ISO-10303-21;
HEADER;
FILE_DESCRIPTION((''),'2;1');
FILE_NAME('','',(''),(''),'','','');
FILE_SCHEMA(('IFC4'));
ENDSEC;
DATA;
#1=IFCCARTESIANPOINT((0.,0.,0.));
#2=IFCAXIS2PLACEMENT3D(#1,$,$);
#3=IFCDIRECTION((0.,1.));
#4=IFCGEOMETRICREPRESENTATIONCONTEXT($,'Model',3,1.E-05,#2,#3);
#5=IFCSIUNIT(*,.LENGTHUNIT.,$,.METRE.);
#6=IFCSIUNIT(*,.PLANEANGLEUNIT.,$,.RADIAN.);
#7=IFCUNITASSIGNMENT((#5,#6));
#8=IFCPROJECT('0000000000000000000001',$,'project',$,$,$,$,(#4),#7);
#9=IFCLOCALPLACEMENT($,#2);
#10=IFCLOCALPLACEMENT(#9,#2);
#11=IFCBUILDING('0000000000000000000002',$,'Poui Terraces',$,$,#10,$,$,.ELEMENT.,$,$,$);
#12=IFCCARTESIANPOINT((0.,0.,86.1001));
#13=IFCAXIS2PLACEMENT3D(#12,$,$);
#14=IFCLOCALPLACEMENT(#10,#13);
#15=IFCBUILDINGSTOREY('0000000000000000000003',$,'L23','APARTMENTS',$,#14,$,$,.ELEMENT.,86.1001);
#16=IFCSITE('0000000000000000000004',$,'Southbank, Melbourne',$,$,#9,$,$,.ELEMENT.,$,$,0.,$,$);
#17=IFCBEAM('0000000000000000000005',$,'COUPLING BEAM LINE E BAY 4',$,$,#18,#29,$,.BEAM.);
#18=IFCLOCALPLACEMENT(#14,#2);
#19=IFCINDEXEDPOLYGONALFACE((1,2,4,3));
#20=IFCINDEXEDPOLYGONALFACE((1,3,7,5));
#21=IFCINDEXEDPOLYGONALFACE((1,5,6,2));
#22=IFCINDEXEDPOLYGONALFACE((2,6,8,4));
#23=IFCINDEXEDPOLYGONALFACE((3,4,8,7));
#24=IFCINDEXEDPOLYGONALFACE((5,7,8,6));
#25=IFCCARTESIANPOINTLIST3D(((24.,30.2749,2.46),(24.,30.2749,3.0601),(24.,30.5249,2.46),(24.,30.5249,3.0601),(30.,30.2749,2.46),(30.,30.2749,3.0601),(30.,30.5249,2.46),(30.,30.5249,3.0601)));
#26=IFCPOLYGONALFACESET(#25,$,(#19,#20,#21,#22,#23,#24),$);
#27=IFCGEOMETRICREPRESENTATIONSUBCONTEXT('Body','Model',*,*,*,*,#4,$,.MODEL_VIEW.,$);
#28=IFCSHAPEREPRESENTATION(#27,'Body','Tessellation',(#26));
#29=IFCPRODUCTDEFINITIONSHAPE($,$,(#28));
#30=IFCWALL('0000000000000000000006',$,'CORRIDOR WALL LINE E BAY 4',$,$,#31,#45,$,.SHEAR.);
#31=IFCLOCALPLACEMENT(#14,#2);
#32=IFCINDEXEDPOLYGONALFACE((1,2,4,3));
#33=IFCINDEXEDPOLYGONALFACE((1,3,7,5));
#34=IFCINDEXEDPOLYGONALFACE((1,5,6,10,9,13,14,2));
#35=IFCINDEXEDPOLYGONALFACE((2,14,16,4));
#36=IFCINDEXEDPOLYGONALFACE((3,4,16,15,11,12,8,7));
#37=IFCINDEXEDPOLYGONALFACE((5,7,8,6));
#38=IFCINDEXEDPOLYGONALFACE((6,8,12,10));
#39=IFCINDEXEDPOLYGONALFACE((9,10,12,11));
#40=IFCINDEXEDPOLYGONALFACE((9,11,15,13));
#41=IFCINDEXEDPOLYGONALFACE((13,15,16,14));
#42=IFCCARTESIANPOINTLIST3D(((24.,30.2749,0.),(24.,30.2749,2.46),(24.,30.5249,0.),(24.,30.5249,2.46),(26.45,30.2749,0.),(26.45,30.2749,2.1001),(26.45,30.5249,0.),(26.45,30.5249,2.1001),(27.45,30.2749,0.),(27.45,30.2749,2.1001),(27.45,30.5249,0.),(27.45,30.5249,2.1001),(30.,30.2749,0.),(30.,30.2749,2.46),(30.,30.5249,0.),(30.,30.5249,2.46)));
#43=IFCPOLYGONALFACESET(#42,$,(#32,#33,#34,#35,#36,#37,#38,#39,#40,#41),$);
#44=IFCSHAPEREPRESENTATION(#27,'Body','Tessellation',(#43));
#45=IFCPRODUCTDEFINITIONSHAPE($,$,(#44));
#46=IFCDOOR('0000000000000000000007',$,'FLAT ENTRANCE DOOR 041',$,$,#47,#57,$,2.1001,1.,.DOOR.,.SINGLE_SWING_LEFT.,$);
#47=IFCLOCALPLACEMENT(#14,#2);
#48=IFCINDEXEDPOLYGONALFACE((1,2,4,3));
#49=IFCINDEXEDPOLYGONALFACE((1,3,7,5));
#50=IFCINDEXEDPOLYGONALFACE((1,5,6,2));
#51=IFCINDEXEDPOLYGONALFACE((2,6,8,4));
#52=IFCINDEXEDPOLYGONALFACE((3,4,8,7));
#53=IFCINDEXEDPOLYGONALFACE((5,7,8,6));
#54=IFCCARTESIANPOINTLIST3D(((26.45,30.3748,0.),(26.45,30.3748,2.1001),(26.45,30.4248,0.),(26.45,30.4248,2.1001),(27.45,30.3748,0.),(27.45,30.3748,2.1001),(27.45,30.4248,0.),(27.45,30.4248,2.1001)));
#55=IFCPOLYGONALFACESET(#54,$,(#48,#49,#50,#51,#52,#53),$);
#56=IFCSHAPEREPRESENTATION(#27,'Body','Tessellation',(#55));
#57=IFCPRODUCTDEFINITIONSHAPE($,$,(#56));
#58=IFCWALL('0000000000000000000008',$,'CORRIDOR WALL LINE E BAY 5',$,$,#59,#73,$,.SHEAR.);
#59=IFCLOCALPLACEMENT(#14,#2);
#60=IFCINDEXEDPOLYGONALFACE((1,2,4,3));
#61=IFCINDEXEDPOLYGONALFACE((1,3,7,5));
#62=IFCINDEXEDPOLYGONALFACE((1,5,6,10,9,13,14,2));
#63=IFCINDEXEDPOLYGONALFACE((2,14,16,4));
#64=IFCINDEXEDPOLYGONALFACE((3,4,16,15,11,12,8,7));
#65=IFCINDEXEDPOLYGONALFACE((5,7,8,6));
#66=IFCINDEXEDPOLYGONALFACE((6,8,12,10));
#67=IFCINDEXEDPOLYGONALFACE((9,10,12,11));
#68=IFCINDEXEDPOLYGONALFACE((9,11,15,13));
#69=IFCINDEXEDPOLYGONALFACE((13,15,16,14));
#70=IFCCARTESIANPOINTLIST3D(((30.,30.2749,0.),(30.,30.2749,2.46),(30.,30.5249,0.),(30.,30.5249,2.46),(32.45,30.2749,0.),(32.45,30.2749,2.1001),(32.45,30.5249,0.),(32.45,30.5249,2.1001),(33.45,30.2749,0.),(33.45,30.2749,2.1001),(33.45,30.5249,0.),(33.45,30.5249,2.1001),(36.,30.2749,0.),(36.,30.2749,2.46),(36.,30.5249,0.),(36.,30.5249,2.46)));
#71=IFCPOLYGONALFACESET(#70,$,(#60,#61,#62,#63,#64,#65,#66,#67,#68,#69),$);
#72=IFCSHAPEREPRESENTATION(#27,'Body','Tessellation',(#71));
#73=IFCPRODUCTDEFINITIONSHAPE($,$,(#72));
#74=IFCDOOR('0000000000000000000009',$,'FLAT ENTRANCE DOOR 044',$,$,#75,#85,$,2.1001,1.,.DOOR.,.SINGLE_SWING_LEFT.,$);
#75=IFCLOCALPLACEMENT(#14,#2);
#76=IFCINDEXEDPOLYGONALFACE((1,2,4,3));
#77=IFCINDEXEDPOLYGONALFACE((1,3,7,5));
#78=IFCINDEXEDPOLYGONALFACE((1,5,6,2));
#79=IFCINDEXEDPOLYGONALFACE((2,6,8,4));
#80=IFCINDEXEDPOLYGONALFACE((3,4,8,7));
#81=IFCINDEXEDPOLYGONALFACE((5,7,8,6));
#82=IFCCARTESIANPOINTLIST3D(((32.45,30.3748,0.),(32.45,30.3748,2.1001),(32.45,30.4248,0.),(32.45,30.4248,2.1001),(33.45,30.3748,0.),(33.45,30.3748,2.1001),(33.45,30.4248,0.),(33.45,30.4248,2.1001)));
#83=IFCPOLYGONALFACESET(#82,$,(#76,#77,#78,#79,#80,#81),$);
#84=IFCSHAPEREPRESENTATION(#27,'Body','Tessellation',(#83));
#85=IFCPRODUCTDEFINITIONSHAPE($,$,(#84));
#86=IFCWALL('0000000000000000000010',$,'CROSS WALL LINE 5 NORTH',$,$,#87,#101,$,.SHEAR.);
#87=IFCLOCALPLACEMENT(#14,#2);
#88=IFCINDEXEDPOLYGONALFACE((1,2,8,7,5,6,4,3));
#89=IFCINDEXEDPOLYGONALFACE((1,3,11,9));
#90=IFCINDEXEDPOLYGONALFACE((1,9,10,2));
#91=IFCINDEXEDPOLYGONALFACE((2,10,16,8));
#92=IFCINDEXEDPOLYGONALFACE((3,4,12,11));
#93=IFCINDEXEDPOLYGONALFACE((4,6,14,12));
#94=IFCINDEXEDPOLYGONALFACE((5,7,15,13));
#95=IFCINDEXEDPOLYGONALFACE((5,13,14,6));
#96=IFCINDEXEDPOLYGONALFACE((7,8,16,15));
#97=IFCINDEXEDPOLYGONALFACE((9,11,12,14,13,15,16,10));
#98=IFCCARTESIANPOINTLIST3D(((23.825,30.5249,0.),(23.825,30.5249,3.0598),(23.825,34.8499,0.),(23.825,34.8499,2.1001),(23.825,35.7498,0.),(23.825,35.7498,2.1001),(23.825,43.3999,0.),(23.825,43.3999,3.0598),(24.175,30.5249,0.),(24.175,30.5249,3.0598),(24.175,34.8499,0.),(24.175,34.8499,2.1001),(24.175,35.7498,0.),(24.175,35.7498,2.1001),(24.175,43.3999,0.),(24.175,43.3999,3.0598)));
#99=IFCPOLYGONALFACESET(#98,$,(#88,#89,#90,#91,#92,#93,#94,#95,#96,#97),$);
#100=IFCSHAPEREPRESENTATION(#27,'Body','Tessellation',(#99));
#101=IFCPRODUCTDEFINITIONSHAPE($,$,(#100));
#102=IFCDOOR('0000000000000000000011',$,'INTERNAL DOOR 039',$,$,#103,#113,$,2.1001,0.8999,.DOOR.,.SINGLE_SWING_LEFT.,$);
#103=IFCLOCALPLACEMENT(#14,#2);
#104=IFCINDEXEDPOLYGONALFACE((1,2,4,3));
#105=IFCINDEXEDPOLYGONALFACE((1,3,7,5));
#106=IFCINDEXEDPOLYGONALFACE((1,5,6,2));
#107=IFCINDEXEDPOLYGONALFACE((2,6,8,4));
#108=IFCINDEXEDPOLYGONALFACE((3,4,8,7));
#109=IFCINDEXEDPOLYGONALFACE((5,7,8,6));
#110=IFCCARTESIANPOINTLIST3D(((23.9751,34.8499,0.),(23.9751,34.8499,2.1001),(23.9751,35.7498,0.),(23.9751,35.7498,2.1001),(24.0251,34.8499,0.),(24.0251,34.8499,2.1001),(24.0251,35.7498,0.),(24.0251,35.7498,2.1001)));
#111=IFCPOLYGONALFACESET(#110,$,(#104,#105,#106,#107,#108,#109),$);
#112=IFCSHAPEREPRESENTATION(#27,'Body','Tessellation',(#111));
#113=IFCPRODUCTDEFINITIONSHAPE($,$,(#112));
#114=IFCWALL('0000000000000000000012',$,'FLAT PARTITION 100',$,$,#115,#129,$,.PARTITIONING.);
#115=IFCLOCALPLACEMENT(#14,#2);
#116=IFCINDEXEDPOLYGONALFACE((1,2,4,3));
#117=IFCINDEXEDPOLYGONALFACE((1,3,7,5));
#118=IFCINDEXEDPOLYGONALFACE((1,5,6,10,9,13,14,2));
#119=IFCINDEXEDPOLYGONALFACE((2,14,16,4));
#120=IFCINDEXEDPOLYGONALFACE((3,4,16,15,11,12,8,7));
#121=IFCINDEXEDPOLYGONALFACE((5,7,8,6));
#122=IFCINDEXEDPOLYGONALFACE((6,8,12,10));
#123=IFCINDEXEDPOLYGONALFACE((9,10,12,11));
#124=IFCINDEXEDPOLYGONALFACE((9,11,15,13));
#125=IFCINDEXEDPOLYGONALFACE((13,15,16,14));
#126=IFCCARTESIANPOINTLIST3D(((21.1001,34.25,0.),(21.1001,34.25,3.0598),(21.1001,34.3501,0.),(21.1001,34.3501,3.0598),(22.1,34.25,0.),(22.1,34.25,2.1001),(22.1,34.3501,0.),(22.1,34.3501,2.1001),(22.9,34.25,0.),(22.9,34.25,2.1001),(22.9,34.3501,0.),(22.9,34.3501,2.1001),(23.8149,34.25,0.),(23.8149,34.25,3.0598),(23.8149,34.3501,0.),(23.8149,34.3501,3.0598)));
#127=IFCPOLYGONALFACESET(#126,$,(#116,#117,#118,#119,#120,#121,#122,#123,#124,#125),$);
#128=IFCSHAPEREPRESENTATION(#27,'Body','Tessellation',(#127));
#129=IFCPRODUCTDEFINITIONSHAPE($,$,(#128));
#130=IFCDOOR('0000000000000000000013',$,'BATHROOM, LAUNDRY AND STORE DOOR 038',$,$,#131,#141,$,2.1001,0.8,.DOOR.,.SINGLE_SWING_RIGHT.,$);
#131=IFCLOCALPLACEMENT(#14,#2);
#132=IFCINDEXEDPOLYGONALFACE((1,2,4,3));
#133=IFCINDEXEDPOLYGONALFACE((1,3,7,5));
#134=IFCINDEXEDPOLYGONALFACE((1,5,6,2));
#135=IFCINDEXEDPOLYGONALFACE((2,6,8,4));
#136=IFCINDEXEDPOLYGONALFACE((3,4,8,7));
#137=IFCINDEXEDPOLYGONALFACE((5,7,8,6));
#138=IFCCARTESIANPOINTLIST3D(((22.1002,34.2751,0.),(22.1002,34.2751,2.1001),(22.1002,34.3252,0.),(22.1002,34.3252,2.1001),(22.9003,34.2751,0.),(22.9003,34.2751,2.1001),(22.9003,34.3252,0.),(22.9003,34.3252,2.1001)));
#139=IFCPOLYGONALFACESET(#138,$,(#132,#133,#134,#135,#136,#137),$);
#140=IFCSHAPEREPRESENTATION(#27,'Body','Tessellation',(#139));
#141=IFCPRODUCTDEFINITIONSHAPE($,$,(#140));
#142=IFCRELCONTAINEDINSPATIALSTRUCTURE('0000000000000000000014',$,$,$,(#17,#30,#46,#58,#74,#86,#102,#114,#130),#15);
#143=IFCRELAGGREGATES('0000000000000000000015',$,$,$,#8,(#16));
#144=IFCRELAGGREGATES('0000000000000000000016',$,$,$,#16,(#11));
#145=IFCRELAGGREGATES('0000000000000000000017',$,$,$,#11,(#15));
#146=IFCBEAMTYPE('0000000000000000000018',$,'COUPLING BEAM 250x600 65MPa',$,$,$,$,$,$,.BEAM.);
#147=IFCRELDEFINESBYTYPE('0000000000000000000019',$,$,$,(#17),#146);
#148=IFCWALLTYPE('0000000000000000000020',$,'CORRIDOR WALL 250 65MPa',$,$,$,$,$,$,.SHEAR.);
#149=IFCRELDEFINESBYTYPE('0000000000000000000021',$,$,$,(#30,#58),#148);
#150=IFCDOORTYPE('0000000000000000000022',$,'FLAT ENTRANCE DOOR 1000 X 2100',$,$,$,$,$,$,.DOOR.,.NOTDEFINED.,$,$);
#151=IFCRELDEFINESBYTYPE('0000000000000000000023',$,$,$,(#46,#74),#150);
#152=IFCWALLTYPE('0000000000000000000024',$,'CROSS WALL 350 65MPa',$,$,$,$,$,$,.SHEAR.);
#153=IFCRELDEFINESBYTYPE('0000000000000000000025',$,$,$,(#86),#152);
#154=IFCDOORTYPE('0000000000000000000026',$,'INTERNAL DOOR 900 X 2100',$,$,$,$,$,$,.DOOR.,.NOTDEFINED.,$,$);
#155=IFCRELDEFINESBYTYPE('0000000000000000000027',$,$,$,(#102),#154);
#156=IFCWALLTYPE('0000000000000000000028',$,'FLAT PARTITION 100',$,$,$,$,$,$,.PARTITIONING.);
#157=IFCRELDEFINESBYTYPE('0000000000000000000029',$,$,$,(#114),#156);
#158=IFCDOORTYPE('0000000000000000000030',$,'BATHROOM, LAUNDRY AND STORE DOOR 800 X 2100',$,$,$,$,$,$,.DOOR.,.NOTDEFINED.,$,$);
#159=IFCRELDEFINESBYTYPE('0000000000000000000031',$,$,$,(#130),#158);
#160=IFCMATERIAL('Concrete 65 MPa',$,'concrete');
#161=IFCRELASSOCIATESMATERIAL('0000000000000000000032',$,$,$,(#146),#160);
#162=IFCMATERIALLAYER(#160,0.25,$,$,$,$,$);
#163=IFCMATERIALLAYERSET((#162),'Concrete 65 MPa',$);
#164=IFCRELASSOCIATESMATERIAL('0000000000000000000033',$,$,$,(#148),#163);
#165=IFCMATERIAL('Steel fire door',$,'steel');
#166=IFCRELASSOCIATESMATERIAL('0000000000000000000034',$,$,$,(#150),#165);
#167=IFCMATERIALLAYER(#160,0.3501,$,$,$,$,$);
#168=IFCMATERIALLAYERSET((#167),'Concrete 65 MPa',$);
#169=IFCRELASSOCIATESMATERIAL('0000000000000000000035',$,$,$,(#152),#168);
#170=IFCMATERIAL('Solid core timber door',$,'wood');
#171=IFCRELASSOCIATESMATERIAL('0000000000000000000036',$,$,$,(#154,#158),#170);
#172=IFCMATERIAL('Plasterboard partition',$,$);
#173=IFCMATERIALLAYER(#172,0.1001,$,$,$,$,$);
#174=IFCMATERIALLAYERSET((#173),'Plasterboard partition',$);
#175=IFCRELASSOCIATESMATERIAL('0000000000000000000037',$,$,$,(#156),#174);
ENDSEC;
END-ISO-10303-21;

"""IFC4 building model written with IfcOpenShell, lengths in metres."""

from ifc_helpers import new_model, si_unit, direction, frame, frame_2d, origin, origin_2d, place, context, subcontext, project, spatial, rectangle, extrude, source, transform, mapped, material, layer, layer_set, material_profile, profile_set, type_object, element, fill, save


model = new_model("IFC4")

# Units and contexts
model_context = context("Model", 3, precision=1e-05, world=origin(), true_north=direction((0.0, 1.0)))
body_context = subcontext(model_context, "Body", "Model", "MODEL_VIEW")
ifc_project = project(units=[si_unit("LENGTHUNIT", "METRE"), si_unit("PLANEANGLEUNIT", "RADIAN")], contexts=[model_context])

# Site, building, storey
site_placement = place(None, origin())
site = spatial("IfcSite", under=ifc_project, at=site_placement, Name="Southbank, Melbourne", CompositionType="ELEMENT", RefElevation=0.0)
building_placement = place(site_placement, origin())
building = spatial("IfcBuilding", under=site, at=building_placement, Name="Poui Terraces", CompositionType="ELEMENT")
storey_placement = place(building_placement, frame((0.0, 0.0, 86.1001)))
storey = spatial("IfcBuildingStorey", under=building, at=storey_placement, Name="L23", Description="APARTMENTS", CompositionType="ELEMENT", Elevation=86.1001)

# Beam
ifc_material_1 = material(Name="Concrete 65 MPa", Category="concrete")
ifc_material_profile_1 = material_profile(ifc_material_1, rectangle(XDim=0.25, YDim=0.6001, at=origin_2d()), Name="RC 250x600")
ifc_profile_set_1 = profile_set([ifc_material_profile_1], Name="Concrete 65 MPa")
beam_type = type_object("IfcBeamType", Name="COUPLING BEAM 250x600 65MPa", PredefinedType="BEAM", material=ifc_profile_set_1)
shared_shape_1 = source(origin(), body_context, "Body", "SweptSolid", [
    extrude(rectangle(XDim=0.25, YDim=0.6001, at=origin_2d()), origin(), (0.0, 0.0, 1.0), 6.0),
])
beam_placement = place(storey_placement, frame((24.0, 30.3999, 2.76), z_axis=(1.0, 0.0, 0.0), x_axis=(0.0, 1.0, 0.0)))
element("IfcBeam", 1, at=beam_placement, inside=storey, type_object=beam_type, Name="COUPLING BEAM LINE E BAY 4", PredefinedType="BEAM", context=body_context, shape_type="MappedRepresentation", body=[
    mapped(shared_shape_1, transform((0.0, 0.0, 0.0))),
])

# Walls, openings, doors
ifc_layer_1 = layer(ifc_material_1, 0.25)
ifc_layer_set_1 = layer_set([ifc_layer_1], Name="Concrete 65 MPa")
wall_type_1 = type_object("IfcWallType", Name="CORRIDOR WALL 250 65MPa", PredefinedType="SHEAR", material=ifc_layer_set_1)
wall_1_placement = place(storey_placement, frame((24.0, 30.3999, 0.0), z_axis=(0.0, 0.0, 1.0), x_axis=(1.0, 0.0, 0.0)))
wall_1 = element("IfcWall", 2, at=wall_1_placement, inside=storey, type_object=wall_type_1, Name="CORRIDOR WALL LINE E BAY 4", PredefinedType="SHEAR", context=body_context, shape_type="SweptSolid", body=[
    extrude(rectangle(XDim=6.0, YDim=0.25, at=frame_2d((3.0, 0.0))), origin(), (0.0, 0.0, 1.0), 2.46),
])
opening_1_placement = place(wall_1_placement, frame((2.45, 0.0, 0.0)))
opening_1 = element("IfcOpeningElement", 3, at=opening_1_placement, cuts=wall_1, PredefinedType="OPENING", context=body_context, shape_type="SweptSolid", body=[
    extrude(rectangle(XDim=1.0, YDim=2.1001, at=frame_2d((0.5, 1.05))), frame((0.0, 0.135, 0.0), z_axis=(0.0, -1.0, 0.0), x_axis=(1.0, 0.0, 0.0)), (0.0, 0.0, 1.0), 0.27),
])
ifc_material_2 = material(Name="Steel fire door", Category="steel")
door_type_1 = type_object("IfcDoorType", Name="FLAT ENTRANCE DOOR 1000 X 2100", OperationType="NOTDEFINED", PredefinedType="DOOR", material=ifc_material_2)
door_1_placement = place(opening_1_placement, origin())
door_1 = element("IfcDoor", 4, at=door_1_placement, inside=storey, type_object=door_type_1, Name="FLAT ENTRANCE DOOR 041", OperationType="SINGLE_SWING_LEFT", OverallHeight=2.1001, OverallWidth=1.0, PredefinedType="DOOR", context=body_context, shape_type="SweptSolid", body=[
    extrude(rectangle(XDim=1.0, YDim=2.1001, at=frame_2d((0.5, 1.05))), frame((0.0, 0.0249, 0.0), z_axis=(0.0, -1.0, 0.0), x_axis=(1.0, 0.0, 0.0)), (0.0, 0.0, 1.0), 0.05),
])
fill(opening_1, door_1)
wall_2_placement = place(storey_placement, frame((30.0, 30.3999, 0.0), z_axis=(0.0, 0.0, 1.0), x_axis=(1.0, 0.0, 0.0)))
wall_2 = element("IfcWall", 5, at=wall_2_placement, inside=storey, type_object=wall_type_1, Name="CORRIDOR WALL LINE E BAY 5", PredefinedType="SHEAR", context=body_context, shape_type="SweptSolid", body=[
    extrude(rectangle(XDim=6.0, YDim=0.25, at=frame_2d((3.0, 0.0))), origin(), (0.0, 0.0, 1.0), 2.46),
])
opening_2_placement = place(wall_2_placement, frame((2.45, 0.0, 0.0)))
opening_2 = element("IfcOpeningElement", 6, at=opening_2_placement, cuts=wall_2, PredefinedType="OPENING", context=body_context, shape_type="SweptSolid", body=[
    extrude(rectangle(XDim=1.0, YDim=2.1001, at=frame_2d((0.5, 1.05))), frame((0.0, 0.135, 0.0), z_axis=(0.0, -1.0, 0.0), x_axis=(1.0, 0.0, 0.0)), (0.0, 0.0, 1.0), 0.27),
])
door_2_placement = place(opening_2_placement, origin())
door_2 = element("IfcDoor", 7, at=door_2_placement, inside=storey, type_object=door_type_1, Name="FLAT ENTRANCE DOOR 044", OperationType="SINGLE_SWING_LEFT", OverallHeight=2.1001, OverallWidth=1.0, PredefinedType="DOOR", context=body_context, shape_type="SweptSolid", body=[
    extrude(rectangle(XDim=1.0, YDim=2.1001, at=frame_2d((0.5, 1.05))), frame((0.0, 0.0249, 0.0), z_axis=(0.0, -1.0, 0.0), x_axis=(1.0, 0.0, 0.0)), (0.0, 0.0, 1.0), 0.05),
])
fill(opening_2, door_2)
ifc_layer_2 = layer(ifc_material_1, 0.3501)
ifc_layer_set_2 = layer_set([ifc_layer_2], Name="Concrete 65 MPa")
wall_type_2 = type_object("IfcWallType", Name="CROSS WALL 350 65MPa", PredefinedType="SHEAR", material=ifc_layer_set_2)
wall_3_placement = place(storey_placement, frame((24.0, 30.5249, 0.0), z_axis=(0.0, 0.0, 1.0), x_axis=(0.0, 1.0, 0.0)))
wall_3 = element("IfcWall", 8, at=wall_3_placement, inside=storey, type_object=wall_type_2, Name="CROSS WALL LINE 5 NORTH", PredefinedType="SHEAR", context=body_context, shape_type="SweptSolid", body=[
    extrude(rectangle(XDim=12.875, YDim=0.3501, at=frame_2d((6.4375, 0.0))), origin(), (0.0, 0.0, 1.0), 3.0598),
])
opening_3_placement = place(wall_3_placement, frame((4.325, 0.0, 0.0)))
opening_3 = element("IfcOpeningElement", 9, at=opening_3_placement, cuts=wall_3, PredefinedType="OPENING", context=body_context, shape_type="SweptSolid", body=[
    extrude(rectangle(XDim=0.8999, YDim=2.1001, at=frame_2d((0.45, 1.05))), frame((0.0, 0.1851, 0.0), z_axis=(0.0, -1.0, 0.0), x_axis=(1.0, 0.0, 0.0)), (0.0, 0.0, 1.0), 0.3701),
])
ifc_material_3 = material(Name="Solid core timber door", Category="wood")
door_type_2 = type_object("IfcDoorType", Name="INTERNAL DOOR 900 X 2100", OperationType="NOTDEFINED", PredefinedType="DOOR", material=ifc_material_3)
door_3_placement = place(opening_3_placement, origin())
door_3 = element("IfcDoor", 10, at=door_3_placement, inside=storey, type_object=door_type_2, Name="INTERNAL DOOR 039", OperationType="SINGLE_SWING_LEFT", OverallHeight=2.1001, OverallWidth=0.8999, PredefinedType="DOOR", context=body_context, shape_type="SweptSolid", body=[
    extrude(rectangle(XDim=0.8999, YDim=2.1001, at=frame_2d((0.45, 1.05))), frame((0.0, 0.0249, 0.0), z_axis=(0.0, -1.0, 0.0), x_axis=(1.0, 0.0, 0.0)), (0.0, 0.0, 1.0), 0.05),
])
fill(opening_3, door_3)
ifc_material_4 = material(Name="Plasterboard partition")
ifc_layer_3 = layer(ifc_material_4, 0.1001)
ifc_layer_set_3 = layer_set([ifc_layer_3], Name="Plasterboard partition")
wall_type_3 = type_object("IfcWallType", Name="FLAT PARTITION 100", PredefinedType="PARTITIONING", material=ifc_layer_set_3)
wall_4_placement = place(storey_placement, frame((21.1001, 34.3, 0.0), z_axis=(0.0, 0.0, 1.0), x_axis=(1.0, 0.0, 0.0)))
wall_4 = element("IfcWall", 11, at=wall_4_placement, inside=storey, type_object=wall_type_3, Name="FLAT PARTITION 100", PredefinedType="PARTITIONING", context=body_context, shape_type="SweptSolid", body=[
    extrude(rectangle(XDim=2.7148, YDim=0.1001, at=frame_2d((1.3574, 0.0))), origin(), (0.0, 0.0, 1.0), 3.0598),
])
opening_4_placement = place(wall_4_placement, frame((1.0, 0.0, 0.0)))
opening_4 = element("IfcOpeningElement", 12, at=opening_4_placement, cuts=wall_4, PredefinedType="OPENING", context=body_context, shape_type="SweptSolid", body=[
    extrude(rectangle(XDim=0.8, YDim=2.1001, at=frame_2d((0.3999, 1.05))), frame((0.0, 0.0601, 0.0), z_axis=(0.0, -1.0, 0.0), x_axis=(1.0, 0.0, 0.0)), (0.0, 0.0, 1.0), 0.1201),
])
door_type_3 = type_object("IfcDoorType", Name="BATHROOM, LAUNDRY AND STORE DOOR 800 X 2100", OperationType="NOTDEFINED", PredefinedType="DOOR", material=ifc_material_3)
door_4_placement = place(opening_4_placement, frame((0.8, 0.0, 0.0), z_axis=(0.0, 0.0, 1.0), x_axis=(-1.0, 0.0, 0.0)))
door_4 = element("IfcDoor", 13, at=door_4_placement, inside=storey, type_object=door_type_3, Name="BATHROOM, LAUNDRY AND STORE DOOR 038", OperationType="SINGLE_SWING_RIGHT", OverallHeight=2.1001, OverallWidth=0.8, PredefinedType="DOOR", context=body_context, shape_type="SweptSolid", body=[
    extrude(rectangle(XDim=0.8, YDim=2.1001, at=frame_2d((0.3999, 1.05))), frame((0.0, 0.0249, 0.0), z_axis=(0.0, -1.0, 0.0), x_axis=(1.0, 0.0, 0.0)), (0.0, 0.0, 1.0), 0.05),
])
fill(opening_4, door_4)

save(model, "model.ifc")
